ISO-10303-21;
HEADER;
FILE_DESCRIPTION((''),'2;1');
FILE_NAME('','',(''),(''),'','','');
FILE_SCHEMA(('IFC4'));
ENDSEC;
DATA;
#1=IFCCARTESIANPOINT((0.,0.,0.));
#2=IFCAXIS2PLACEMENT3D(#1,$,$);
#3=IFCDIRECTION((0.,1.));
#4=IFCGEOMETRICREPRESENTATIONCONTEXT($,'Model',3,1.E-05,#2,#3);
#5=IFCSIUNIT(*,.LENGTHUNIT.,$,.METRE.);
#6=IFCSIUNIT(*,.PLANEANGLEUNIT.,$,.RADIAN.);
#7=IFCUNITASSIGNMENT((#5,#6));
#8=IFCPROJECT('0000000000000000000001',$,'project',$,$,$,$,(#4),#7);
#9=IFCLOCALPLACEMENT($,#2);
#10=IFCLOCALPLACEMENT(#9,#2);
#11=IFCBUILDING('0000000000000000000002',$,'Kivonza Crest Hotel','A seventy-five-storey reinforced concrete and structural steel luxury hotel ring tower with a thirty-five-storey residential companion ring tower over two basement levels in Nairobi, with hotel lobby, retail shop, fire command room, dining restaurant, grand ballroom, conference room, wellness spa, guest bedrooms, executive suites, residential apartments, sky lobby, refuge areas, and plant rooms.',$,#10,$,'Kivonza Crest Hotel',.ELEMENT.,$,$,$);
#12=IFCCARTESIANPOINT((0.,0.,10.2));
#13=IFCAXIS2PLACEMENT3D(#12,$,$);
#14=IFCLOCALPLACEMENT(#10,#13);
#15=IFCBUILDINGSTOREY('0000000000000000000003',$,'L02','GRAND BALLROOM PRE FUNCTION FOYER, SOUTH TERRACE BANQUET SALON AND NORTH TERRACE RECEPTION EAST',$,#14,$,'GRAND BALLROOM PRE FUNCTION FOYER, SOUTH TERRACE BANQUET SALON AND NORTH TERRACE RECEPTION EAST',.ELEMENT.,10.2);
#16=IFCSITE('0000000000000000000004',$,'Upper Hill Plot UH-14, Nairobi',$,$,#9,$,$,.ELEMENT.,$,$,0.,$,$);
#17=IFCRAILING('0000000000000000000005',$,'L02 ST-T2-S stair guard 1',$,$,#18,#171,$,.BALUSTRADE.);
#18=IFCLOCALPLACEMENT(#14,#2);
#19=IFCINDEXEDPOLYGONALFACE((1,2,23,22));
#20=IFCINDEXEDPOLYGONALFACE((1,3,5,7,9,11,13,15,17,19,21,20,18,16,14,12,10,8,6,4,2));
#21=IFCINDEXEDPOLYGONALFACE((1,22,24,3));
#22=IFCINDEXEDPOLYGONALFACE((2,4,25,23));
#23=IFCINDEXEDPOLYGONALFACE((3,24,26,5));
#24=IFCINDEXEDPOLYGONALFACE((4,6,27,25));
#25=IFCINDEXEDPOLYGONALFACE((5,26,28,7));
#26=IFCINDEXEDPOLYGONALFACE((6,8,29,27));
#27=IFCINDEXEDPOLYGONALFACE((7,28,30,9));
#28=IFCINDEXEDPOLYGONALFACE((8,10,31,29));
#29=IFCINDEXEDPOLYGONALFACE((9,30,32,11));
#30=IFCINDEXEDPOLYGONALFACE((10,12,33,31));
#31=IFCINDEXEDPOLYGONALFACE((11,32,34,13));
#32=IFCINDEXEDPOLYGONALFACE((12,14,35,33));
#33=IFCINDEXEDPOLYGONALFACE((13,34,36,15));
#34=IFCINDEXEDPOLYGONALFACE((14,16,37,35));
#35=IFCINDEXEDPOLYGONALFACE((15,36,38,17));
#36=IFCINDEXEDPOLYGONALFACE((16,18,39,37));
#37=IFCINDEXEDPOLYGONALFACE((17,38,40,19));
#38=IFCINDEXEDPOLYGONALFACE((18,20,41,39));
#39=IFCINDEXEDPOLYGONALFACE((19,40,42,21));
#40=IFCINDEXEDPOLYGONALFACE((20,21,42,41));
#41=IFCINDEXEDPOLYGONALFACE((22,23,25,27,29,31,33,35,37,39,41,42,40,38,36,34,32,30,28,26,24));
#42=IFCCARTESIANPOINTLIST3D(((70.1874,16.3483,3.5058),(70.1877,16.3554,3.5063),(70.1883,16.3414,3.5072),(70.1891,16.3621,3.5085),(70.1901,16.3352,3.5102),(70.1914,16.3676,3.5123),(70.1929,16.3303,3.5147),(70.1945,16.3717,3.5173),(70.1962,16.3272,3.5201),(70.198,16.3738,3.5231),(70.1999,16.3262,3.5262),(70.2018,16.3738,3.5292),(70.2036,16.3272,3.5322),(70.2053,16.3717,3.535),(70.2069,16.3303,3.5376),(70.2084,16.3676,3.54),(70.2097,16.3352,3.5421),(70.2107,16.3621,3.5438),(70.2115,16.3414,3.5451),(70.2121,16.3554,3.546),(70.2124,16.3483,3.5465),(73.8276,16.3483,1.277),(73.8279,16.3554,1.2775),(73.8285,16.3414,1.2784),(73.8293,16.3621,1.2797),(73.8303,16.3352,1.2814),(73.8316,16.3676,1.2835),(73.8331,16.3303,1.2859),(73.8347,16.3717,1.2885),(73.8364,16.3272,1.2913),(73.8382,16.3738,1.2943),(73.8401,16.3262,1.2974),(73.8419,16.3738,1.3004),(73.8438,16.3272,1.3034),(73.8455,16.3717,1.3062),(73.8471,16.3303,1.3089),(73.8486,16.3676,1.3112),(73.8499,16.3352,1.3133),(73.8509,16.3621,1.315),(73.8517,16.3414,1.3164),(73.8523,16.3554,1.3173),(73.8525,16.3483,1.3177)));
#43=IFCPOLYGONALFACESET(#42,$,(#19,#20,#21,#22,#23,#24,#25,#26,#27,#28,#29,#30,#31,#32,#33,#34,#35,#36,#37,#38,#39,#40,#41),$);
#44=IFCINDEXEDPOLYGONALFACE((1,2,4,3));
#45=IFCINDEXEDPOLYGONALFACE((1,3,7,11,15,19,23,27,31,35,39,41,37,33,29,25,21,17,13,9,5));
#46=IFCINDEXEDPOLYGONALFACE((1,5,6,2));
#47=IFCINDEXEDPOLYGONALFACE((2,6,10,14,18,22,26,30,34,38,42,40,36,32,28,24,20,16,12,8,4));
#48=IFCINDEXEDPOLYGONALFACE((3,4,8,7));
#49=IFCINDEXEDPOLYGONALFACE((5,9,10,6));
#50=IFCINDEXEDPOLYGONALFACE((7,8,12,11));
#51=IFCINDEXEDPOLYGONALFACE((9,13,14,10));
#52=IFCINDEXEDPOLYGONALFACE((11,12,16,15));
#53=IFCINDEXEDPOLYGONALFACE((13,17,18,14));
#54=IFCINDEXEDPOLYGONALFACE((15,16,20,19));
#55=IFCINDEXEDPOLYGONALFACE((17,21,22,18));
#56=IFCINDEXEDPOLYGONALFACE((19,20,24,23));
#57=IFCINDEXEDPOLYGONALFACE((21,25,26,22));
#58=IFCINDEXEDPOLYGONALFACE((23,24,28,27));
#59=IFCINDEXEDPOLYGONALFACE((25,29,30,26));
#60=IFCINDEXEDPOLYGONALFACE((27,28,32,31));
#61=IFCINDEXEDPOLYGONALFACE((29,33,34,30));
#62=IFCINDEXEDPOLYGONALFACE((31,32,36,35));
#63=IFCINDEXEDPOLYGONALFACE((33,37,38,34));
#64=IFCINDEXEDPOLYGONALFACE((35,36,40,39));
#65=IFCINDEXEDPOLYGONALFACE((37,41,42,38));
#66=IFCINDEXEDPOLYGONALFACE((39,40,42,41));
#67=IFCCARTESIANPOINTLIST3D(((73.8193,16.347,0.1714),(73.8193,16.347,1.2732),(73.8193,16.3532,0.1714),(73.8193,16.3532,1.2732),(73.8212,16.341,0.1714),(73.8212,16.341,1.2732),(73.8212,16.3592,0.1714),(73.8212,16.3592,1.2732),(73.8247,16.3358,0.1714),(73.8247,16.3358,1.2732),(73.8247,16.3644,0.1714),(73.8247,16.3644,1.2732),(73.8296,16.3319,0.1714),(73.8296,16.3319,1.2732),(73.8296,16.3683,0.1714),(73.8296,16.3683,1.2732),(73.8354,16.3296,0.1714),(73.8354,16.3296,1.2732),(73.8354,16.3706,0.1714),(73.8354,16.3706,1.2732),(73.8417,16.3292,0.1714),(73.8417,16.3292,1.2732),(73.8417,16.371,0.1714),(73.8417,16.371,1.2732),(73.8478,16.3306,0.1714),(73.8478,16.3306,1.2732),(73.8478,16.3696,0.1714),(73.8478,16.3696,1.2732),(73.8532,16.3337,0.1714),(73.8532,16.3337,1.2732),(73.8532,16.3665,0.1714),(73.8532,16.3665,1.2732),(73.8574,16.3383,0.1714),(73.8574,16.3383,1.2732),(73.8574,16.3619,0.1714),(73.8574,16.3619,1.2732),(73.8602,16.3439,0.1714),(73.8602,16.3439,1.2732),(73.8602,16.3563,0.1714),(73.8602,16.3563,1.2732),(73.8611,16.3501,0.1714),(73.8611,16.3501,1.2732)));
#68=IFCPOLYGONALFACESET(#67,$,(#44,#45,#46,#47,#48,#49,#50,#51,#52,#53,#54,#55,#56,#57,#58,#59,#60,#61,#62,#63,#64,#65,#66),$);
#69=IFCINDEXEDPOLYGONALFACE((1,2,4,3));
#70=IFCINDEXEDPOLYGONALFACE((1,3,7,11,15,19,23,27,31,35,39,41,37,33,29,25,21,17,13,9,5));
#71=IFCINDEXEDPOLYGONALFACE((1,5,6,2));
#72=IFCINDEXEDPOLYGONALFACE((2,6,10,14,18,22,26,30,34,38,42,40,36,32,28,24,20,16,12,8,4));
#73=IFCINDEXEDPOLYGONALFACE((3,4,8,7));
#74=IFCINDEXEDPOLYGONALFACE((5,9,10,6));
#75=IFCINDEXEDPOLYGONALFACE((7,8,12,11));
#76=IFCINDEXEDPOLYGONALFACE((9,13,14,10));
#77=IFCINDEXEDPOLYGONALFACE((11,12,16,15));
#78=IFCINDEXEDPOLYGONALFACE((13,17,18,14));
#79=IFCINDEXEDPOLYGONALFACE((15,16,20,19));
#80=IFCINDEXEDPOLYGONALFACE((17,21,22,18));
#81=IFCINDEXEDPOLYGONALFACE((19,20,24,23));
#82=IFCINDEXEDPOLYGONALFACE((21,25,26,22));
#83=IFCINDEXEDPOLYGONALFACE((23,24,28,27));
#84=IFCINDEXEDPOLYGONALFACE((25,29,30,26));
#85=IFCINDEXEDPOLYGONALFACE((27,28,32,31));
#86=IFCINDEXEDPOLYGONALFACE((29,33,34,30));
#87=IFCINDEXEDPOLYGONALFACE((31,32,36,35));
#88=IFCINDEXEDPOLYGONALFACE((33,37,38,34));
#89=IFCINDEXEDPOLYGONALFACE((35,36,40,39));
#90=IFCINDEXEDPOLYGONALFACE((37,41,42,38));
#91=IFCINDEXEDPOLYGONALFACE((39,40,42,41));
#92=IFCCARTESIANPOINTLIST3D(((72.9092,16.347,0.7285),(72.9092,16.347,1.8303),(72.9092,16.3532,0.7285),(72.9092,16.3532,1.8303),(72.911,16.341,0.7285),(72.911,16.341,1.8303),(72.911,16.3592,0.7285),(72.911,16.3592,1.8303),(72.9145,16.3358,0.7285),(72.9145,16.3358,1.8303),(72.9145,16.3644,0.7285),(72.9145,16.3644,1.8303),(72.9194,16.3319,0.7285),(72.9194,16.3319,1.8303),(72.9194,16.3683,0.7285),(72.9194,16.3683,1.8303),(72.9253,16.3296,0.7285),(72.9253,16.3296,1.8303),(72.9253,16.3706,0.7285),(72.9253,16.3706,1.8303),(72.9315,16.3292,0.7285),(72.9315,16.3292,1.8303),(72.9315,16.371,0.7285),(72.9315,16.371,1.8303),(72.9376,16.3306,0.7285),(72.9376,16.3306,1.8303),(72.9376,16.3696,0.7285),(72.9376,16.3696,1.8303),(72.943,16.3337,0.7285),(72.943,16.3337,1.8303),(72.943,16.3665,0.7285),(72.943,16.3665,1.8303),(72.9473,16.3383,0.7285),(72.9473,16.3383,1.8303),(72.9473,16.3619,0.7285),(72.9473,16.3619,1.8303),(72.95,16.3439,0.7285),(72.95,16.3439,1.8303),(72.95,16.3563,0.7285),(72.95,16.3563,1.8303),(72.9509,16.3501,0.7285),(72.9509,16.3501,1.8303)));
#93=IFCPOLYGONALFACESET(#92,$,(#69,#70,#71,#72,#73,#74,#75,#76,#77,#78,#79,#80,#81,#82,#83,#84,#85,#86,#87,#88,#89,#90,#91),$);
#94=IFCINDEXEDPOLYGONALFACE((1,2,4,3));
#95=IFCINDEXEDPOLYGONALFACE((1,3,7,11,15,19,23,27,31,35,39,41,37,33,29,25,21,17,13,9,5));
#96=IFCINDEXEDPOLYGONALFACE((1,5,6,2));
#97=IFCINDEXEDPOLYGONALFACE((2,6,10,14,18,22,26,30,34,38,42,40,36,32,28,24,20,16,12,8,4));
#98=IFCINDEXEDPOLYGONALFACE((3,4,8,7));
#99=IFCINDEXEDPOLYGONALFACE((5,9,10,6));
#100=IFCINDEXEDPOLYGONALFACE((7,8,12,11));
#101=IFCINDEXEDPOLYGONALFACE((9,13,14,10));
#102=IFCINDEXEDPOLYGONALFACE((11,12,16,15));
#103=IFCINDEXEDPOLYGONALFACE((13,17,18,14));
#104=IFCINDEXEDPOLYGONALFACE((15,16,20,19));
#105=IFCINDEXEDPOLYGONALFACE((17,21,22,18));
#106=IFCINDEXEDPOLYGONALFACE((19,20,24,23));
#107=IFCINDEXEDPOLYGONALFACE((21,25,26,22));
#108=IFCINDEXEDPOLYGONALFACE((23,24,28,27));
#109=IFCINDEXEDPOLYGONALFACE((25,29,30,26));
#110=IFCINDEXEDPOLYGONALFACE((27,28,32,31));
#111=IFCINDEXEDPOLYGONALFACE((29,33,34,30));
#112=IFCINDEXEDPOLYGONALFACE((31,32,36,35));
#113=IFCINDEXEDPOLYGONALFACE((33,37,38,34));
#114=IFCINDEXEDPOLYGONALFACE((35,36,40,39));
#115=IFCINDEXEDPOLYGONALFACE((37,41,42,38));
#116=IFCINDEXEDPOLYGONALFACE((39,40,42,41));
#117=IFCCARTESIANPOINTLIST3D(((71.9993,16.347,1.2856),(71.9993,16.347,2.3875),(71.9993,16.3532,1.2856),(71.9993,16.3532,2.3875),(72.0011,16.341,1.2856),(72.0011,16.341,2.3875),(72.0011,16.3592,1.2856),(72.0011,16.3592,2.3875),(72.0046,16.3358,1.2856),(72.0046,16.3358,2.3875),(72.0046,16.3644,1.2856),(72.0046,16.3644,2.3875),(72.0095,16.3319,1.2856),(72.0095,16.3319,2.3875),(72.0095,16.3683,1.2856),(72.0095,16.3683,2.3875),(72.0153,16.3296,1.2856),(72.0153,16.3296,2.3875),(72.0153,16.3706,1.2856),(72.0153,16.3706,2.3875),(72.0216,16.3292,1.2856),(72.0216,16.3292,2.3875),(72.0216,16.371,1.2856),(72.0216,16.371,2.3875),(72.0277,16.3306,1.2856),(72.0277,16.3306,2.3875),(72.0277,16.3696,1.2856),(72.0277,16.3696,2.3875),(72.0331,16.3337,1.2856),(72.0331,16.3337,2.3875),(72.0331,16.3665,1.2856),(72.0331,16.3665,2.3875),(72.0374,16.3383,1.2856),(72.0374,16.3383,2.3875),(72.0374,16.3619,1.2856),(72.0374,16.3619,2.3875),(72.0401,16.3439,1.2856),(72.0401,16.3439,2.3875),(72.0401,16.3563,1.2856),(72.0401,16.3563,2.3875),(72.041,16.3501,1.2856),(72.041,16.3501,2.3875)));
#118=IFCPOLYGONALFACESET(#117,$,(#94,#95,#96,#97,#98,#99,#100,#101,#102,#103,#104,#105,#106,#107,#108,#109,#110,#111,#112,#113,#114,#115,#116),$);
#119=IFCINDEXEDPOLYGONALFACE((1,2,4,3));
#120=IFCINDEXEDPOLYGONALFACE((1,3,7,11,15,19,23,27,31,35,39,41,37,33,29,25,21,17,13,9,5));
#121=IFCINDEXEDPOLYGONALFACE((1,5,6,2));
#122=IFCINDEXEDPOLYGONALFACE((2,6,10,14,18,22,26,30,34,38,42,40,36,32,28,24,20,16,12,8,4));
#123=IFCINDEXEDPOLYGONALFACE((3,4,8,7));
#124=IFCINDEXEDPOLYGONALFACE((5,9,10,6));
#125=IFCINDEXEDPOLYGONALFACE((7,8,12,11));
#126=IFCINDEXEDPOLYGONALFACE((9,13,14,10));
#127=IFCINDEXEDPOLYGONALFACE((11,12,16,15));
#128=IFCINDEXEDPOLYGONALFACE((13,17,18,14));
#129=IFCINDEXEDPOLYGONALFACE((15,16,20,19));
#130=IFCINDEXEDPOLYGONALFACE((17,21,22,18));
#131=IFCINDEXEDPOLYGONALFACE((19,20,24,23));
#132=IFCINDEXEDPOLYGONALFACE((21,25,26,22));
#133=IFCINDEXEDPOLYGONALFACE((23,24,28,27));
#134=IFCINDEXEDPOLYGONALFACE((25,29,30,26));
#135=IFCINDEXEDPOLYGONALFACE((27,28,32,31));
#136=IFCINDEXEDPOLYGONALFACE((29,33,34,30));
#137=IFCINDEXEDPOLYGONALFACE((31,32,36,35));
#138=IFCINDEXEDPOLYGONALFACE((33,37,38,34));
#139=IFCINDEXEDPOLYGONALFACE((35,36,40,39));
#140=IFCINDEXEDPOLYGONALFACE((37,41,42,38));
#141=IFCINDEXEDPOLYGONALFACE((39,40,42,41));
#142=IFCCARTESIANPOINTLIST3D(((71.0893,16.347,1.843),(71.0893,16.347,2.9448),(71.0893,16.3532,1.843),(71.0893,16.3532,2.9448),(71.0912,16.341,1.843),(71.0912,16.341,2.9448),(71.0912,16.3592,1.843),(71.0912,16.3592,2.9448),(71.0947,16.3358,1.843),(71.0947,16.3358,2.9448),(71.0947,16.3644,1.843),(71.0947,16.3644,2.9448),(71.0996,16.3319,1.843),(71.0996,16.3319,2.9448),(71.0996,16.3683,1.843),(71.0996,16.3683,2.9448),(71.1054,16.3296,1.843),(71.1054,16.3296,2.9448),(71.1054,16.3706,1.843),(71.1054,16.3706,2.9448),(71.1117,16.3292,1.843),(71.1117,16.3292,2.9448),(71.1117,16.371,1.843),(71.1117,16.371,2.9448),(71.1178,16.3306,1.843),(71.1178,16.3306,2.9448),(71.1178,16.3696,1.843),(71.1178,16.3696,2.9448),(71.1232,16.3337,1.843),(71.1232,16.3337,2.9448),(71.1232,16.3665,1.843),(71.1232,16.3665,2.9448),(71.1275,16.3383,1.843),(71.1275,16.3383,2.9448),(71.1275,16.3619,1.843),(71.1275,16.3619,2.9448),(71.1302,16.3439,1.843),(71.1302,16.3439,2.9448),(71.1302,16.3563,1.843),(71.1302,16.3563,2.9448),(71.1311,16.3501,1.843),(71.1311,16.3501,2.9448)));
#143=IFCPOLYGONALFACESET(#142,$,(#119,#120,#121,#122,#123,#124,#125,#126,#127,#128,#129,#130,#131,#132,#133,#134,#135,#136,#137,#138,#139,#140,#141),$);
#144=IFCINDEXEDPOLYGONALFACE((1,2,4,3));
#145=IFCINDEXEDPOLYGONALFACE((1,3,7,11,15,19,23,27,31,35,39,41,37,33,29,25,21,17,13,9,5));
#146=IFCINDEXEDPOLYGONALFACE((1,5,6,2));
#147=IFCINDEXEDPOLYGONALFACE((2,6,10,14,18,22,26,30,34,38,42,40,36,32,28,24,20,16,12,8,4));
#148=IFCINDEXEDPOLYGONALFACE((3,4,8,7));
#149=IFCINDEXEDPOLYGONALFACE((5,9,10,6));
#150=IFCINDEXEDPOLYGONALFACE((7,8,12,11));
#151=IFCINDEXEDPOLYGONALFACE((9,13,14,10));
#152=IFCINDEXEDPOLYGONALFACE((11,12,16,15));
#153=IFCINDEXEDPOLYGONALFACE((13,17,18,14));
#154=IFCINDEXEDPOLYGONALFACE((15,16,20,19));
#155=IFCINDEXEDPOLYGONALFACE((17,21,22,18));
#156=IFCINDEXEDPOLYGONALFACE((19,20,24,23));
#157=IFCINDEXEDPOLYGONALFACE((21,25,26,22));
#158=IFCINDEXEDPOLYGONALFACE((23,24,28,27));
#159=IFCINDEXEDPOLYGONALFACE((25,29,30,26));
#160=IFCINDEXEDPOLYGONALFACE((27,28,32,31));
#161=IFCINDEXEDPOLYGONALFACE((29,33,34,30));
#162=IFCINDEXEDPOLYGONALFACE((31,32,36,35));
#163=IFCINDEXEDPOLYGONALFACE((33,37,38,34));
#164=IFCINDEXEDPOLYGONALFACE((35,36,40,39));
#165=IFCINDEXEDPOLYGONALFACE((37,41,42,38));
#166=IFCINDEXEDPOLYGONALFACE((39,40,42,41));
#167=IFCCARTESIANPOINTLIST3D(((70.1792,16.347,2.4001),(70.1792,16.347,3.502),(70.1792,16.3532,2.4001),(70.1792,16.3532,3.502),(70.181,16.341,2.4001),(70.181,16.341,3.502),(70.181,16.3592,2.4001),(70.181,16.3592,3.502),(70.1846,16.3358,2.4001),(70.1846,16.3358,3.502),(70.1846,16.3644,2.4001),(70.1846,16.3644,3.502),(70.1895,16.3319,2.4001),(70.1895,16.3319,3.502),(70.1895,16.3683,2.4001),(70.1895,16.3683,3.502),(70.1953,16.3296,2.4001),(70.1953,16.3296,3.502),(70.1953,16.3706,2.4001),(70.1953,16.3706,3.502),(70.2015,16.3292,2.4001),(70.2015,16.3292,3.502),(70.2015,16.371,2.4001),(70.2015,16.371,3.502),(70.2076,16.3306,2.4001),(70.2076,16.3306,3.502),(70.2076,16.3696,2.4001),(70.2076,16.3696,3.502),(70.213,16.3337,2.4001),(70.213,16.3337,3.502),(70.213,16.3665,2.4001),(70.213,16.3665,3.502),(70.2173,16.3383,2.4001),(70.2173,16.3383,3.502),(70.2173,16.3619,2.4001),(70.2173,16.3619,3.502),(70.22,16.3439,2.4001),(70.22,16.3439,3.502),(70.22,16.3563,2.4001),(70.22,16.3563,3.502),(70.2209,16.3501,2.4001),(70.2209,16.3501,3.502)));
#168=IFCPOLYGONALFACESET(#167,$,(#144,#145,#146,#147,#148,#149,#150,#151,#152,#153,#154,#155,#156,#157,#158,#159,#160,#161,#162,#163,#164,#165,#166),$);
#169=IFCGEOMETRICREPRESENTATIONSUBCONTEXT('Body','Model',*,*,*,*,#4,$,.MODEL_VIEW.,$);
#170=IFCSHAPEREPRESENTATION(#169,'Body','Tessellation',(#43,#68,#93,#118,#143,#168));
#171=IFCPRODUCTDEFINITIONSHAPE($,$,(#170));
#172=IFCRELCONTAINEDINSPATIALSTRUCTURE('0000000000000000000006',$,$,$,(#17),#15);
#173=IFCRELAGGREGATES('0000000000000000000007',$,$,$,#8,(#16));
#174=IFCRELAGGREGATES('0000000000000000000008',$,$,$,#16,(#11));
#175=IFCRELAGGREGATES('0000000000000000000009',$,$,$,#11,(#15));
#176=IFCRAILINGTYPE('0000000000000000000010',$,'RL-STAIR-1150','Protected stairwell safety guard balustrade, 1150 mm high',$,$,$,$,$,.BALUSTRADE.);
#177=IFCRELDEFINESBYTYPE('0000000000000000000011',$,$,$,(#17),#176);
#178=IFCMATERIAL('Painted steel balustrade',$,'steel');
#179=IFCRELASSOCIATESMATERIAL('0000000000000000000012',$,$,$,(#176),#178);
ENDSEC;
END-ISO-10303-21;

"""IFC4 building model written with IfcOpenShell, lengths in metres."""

from ifc_helpers import new_model, si_unit, direction, frame, origin, origin_2d, place, context, subcontext, project, spatial, circle, extrude, material, type_object, element, save


model = new_model("IFC4")

# Units and contexts
model_context = context("Model", 3, precision=1e-05, world=origin(), true_north=direction((0.0, 1.0)))
body_context = subcontext(model_context, "Body", "Model", "MODEL_VIEW")
ifc_project = project(units=[si_unit("LENGTHUNIT", "METRE"), si_unit("PLANEANGLEUNIT", "RADIAN")], contexts=[model_context])

# Site, building, storey
site_placement = place(None, origin())
site = spatial("IfcSite", under=ifc_project, at=site_placement, Name="Upper Hill Plot UH-14, Nairobi", CompositionType="ELEMENT", RefElevation=0.0)
building_placement = place(site_placement, origin())
building = spatial("IfcBuilding", under=site, at=building_placement, Name="Kivonza Crest Hotel", Description="A seventy-five-storey reinforced concrete and structural steel luxury hotel ring tower with a thirty-five-storey residential companion ring tower over two basement levels in Nairobi, with hotel lobby, retail shop, fire command room, dining restaurant, grand ballroom, conference room, wellness spa, guest bedrooms, executive suites, residential apartments, sky lobby, refuge areas, and plant rooms.", LongName="Kivonza Crest Hotel", CompositionType="ELEMENT")
storey_placement = place(building_placement, frame((0.0, 0.0, 10.2)))
storey = spatial("IfcBuildingStorey", under=building, at=storey_placement, Name="L02", Description="GRAND BALLROOM PRE FUNCTION FOYER, SOUTH TERRACE BANQUET SALON AND NORTH TERRACE RECEPTION EAST", LongName="GRAND BALLROOM PRE FUNCTION FOYER, SOUTH TERRACE BANQUET SALON AND NORTH TERRACE RECEPTION EAST", CompositionType="ELEMENT", Elevation=10.2)

# Railing
ifc_material_1 = material(Name="Painted steel balustrade", Category="steel")
railing_type_1 = type_object("IfcRailingType", Name="RL-STAIR-1150", Description="Protected stairwell safety guard balustrade, 1150 mm high", PredefinedType="BALUSTRADE", material=ifc_material_1)
railing_1_placement = place(storey_placement, frame((73.8401, 16.3501, 0.1714)))
element("IfcRailing", 1, at=railing_1_placement, inside=storey, type_object=railing_type_1, Name="L02 ST-T2-S stair guard 1", PredefinedType="BALUSTRADE", context=body_context, shape_type="SweptSolid", body=[
    extrude(circle(Radius=0.0239, at=origin_2d()), frame((0.0, 0.0, 1.126), z_axis=(-0.85284, 0.0, 0.522172), x_axis=(0.0, -1.0, 0.0)), (0.0, 0.0, 1.0), 4.2683),
    extrude(circle(Radius=0.021, at=origin_2d()), origin(), (0.0, 0.0, 1.0), 1.1018),
    extrude(circle(Radius=0.021, at=origin_2d()), frame((-0.9102, 0.0, 0.5571)), (0.0, 0.0, 1.0), 1.1018),
    extrude(circle(Radius=0.021, at=origin_2d()), frame((-1.8201, 0.0, 1.1143)), (0.0, 0.0, 1.0), 1.1018),
    extrude(circle(Radius=0.021, at=origin_2d()), frame((-2.73, 0.0, 1.6716)), (0.0, 0.0, 1.0), 1.1018),
    extrude(circle(Radius=0.021, at=origin_2d()), frame((-3.6401, 0.0, 2.2288)), (0.0, 0.0, 1.0), 1.1018),
])

save(model, "model.ifc")
